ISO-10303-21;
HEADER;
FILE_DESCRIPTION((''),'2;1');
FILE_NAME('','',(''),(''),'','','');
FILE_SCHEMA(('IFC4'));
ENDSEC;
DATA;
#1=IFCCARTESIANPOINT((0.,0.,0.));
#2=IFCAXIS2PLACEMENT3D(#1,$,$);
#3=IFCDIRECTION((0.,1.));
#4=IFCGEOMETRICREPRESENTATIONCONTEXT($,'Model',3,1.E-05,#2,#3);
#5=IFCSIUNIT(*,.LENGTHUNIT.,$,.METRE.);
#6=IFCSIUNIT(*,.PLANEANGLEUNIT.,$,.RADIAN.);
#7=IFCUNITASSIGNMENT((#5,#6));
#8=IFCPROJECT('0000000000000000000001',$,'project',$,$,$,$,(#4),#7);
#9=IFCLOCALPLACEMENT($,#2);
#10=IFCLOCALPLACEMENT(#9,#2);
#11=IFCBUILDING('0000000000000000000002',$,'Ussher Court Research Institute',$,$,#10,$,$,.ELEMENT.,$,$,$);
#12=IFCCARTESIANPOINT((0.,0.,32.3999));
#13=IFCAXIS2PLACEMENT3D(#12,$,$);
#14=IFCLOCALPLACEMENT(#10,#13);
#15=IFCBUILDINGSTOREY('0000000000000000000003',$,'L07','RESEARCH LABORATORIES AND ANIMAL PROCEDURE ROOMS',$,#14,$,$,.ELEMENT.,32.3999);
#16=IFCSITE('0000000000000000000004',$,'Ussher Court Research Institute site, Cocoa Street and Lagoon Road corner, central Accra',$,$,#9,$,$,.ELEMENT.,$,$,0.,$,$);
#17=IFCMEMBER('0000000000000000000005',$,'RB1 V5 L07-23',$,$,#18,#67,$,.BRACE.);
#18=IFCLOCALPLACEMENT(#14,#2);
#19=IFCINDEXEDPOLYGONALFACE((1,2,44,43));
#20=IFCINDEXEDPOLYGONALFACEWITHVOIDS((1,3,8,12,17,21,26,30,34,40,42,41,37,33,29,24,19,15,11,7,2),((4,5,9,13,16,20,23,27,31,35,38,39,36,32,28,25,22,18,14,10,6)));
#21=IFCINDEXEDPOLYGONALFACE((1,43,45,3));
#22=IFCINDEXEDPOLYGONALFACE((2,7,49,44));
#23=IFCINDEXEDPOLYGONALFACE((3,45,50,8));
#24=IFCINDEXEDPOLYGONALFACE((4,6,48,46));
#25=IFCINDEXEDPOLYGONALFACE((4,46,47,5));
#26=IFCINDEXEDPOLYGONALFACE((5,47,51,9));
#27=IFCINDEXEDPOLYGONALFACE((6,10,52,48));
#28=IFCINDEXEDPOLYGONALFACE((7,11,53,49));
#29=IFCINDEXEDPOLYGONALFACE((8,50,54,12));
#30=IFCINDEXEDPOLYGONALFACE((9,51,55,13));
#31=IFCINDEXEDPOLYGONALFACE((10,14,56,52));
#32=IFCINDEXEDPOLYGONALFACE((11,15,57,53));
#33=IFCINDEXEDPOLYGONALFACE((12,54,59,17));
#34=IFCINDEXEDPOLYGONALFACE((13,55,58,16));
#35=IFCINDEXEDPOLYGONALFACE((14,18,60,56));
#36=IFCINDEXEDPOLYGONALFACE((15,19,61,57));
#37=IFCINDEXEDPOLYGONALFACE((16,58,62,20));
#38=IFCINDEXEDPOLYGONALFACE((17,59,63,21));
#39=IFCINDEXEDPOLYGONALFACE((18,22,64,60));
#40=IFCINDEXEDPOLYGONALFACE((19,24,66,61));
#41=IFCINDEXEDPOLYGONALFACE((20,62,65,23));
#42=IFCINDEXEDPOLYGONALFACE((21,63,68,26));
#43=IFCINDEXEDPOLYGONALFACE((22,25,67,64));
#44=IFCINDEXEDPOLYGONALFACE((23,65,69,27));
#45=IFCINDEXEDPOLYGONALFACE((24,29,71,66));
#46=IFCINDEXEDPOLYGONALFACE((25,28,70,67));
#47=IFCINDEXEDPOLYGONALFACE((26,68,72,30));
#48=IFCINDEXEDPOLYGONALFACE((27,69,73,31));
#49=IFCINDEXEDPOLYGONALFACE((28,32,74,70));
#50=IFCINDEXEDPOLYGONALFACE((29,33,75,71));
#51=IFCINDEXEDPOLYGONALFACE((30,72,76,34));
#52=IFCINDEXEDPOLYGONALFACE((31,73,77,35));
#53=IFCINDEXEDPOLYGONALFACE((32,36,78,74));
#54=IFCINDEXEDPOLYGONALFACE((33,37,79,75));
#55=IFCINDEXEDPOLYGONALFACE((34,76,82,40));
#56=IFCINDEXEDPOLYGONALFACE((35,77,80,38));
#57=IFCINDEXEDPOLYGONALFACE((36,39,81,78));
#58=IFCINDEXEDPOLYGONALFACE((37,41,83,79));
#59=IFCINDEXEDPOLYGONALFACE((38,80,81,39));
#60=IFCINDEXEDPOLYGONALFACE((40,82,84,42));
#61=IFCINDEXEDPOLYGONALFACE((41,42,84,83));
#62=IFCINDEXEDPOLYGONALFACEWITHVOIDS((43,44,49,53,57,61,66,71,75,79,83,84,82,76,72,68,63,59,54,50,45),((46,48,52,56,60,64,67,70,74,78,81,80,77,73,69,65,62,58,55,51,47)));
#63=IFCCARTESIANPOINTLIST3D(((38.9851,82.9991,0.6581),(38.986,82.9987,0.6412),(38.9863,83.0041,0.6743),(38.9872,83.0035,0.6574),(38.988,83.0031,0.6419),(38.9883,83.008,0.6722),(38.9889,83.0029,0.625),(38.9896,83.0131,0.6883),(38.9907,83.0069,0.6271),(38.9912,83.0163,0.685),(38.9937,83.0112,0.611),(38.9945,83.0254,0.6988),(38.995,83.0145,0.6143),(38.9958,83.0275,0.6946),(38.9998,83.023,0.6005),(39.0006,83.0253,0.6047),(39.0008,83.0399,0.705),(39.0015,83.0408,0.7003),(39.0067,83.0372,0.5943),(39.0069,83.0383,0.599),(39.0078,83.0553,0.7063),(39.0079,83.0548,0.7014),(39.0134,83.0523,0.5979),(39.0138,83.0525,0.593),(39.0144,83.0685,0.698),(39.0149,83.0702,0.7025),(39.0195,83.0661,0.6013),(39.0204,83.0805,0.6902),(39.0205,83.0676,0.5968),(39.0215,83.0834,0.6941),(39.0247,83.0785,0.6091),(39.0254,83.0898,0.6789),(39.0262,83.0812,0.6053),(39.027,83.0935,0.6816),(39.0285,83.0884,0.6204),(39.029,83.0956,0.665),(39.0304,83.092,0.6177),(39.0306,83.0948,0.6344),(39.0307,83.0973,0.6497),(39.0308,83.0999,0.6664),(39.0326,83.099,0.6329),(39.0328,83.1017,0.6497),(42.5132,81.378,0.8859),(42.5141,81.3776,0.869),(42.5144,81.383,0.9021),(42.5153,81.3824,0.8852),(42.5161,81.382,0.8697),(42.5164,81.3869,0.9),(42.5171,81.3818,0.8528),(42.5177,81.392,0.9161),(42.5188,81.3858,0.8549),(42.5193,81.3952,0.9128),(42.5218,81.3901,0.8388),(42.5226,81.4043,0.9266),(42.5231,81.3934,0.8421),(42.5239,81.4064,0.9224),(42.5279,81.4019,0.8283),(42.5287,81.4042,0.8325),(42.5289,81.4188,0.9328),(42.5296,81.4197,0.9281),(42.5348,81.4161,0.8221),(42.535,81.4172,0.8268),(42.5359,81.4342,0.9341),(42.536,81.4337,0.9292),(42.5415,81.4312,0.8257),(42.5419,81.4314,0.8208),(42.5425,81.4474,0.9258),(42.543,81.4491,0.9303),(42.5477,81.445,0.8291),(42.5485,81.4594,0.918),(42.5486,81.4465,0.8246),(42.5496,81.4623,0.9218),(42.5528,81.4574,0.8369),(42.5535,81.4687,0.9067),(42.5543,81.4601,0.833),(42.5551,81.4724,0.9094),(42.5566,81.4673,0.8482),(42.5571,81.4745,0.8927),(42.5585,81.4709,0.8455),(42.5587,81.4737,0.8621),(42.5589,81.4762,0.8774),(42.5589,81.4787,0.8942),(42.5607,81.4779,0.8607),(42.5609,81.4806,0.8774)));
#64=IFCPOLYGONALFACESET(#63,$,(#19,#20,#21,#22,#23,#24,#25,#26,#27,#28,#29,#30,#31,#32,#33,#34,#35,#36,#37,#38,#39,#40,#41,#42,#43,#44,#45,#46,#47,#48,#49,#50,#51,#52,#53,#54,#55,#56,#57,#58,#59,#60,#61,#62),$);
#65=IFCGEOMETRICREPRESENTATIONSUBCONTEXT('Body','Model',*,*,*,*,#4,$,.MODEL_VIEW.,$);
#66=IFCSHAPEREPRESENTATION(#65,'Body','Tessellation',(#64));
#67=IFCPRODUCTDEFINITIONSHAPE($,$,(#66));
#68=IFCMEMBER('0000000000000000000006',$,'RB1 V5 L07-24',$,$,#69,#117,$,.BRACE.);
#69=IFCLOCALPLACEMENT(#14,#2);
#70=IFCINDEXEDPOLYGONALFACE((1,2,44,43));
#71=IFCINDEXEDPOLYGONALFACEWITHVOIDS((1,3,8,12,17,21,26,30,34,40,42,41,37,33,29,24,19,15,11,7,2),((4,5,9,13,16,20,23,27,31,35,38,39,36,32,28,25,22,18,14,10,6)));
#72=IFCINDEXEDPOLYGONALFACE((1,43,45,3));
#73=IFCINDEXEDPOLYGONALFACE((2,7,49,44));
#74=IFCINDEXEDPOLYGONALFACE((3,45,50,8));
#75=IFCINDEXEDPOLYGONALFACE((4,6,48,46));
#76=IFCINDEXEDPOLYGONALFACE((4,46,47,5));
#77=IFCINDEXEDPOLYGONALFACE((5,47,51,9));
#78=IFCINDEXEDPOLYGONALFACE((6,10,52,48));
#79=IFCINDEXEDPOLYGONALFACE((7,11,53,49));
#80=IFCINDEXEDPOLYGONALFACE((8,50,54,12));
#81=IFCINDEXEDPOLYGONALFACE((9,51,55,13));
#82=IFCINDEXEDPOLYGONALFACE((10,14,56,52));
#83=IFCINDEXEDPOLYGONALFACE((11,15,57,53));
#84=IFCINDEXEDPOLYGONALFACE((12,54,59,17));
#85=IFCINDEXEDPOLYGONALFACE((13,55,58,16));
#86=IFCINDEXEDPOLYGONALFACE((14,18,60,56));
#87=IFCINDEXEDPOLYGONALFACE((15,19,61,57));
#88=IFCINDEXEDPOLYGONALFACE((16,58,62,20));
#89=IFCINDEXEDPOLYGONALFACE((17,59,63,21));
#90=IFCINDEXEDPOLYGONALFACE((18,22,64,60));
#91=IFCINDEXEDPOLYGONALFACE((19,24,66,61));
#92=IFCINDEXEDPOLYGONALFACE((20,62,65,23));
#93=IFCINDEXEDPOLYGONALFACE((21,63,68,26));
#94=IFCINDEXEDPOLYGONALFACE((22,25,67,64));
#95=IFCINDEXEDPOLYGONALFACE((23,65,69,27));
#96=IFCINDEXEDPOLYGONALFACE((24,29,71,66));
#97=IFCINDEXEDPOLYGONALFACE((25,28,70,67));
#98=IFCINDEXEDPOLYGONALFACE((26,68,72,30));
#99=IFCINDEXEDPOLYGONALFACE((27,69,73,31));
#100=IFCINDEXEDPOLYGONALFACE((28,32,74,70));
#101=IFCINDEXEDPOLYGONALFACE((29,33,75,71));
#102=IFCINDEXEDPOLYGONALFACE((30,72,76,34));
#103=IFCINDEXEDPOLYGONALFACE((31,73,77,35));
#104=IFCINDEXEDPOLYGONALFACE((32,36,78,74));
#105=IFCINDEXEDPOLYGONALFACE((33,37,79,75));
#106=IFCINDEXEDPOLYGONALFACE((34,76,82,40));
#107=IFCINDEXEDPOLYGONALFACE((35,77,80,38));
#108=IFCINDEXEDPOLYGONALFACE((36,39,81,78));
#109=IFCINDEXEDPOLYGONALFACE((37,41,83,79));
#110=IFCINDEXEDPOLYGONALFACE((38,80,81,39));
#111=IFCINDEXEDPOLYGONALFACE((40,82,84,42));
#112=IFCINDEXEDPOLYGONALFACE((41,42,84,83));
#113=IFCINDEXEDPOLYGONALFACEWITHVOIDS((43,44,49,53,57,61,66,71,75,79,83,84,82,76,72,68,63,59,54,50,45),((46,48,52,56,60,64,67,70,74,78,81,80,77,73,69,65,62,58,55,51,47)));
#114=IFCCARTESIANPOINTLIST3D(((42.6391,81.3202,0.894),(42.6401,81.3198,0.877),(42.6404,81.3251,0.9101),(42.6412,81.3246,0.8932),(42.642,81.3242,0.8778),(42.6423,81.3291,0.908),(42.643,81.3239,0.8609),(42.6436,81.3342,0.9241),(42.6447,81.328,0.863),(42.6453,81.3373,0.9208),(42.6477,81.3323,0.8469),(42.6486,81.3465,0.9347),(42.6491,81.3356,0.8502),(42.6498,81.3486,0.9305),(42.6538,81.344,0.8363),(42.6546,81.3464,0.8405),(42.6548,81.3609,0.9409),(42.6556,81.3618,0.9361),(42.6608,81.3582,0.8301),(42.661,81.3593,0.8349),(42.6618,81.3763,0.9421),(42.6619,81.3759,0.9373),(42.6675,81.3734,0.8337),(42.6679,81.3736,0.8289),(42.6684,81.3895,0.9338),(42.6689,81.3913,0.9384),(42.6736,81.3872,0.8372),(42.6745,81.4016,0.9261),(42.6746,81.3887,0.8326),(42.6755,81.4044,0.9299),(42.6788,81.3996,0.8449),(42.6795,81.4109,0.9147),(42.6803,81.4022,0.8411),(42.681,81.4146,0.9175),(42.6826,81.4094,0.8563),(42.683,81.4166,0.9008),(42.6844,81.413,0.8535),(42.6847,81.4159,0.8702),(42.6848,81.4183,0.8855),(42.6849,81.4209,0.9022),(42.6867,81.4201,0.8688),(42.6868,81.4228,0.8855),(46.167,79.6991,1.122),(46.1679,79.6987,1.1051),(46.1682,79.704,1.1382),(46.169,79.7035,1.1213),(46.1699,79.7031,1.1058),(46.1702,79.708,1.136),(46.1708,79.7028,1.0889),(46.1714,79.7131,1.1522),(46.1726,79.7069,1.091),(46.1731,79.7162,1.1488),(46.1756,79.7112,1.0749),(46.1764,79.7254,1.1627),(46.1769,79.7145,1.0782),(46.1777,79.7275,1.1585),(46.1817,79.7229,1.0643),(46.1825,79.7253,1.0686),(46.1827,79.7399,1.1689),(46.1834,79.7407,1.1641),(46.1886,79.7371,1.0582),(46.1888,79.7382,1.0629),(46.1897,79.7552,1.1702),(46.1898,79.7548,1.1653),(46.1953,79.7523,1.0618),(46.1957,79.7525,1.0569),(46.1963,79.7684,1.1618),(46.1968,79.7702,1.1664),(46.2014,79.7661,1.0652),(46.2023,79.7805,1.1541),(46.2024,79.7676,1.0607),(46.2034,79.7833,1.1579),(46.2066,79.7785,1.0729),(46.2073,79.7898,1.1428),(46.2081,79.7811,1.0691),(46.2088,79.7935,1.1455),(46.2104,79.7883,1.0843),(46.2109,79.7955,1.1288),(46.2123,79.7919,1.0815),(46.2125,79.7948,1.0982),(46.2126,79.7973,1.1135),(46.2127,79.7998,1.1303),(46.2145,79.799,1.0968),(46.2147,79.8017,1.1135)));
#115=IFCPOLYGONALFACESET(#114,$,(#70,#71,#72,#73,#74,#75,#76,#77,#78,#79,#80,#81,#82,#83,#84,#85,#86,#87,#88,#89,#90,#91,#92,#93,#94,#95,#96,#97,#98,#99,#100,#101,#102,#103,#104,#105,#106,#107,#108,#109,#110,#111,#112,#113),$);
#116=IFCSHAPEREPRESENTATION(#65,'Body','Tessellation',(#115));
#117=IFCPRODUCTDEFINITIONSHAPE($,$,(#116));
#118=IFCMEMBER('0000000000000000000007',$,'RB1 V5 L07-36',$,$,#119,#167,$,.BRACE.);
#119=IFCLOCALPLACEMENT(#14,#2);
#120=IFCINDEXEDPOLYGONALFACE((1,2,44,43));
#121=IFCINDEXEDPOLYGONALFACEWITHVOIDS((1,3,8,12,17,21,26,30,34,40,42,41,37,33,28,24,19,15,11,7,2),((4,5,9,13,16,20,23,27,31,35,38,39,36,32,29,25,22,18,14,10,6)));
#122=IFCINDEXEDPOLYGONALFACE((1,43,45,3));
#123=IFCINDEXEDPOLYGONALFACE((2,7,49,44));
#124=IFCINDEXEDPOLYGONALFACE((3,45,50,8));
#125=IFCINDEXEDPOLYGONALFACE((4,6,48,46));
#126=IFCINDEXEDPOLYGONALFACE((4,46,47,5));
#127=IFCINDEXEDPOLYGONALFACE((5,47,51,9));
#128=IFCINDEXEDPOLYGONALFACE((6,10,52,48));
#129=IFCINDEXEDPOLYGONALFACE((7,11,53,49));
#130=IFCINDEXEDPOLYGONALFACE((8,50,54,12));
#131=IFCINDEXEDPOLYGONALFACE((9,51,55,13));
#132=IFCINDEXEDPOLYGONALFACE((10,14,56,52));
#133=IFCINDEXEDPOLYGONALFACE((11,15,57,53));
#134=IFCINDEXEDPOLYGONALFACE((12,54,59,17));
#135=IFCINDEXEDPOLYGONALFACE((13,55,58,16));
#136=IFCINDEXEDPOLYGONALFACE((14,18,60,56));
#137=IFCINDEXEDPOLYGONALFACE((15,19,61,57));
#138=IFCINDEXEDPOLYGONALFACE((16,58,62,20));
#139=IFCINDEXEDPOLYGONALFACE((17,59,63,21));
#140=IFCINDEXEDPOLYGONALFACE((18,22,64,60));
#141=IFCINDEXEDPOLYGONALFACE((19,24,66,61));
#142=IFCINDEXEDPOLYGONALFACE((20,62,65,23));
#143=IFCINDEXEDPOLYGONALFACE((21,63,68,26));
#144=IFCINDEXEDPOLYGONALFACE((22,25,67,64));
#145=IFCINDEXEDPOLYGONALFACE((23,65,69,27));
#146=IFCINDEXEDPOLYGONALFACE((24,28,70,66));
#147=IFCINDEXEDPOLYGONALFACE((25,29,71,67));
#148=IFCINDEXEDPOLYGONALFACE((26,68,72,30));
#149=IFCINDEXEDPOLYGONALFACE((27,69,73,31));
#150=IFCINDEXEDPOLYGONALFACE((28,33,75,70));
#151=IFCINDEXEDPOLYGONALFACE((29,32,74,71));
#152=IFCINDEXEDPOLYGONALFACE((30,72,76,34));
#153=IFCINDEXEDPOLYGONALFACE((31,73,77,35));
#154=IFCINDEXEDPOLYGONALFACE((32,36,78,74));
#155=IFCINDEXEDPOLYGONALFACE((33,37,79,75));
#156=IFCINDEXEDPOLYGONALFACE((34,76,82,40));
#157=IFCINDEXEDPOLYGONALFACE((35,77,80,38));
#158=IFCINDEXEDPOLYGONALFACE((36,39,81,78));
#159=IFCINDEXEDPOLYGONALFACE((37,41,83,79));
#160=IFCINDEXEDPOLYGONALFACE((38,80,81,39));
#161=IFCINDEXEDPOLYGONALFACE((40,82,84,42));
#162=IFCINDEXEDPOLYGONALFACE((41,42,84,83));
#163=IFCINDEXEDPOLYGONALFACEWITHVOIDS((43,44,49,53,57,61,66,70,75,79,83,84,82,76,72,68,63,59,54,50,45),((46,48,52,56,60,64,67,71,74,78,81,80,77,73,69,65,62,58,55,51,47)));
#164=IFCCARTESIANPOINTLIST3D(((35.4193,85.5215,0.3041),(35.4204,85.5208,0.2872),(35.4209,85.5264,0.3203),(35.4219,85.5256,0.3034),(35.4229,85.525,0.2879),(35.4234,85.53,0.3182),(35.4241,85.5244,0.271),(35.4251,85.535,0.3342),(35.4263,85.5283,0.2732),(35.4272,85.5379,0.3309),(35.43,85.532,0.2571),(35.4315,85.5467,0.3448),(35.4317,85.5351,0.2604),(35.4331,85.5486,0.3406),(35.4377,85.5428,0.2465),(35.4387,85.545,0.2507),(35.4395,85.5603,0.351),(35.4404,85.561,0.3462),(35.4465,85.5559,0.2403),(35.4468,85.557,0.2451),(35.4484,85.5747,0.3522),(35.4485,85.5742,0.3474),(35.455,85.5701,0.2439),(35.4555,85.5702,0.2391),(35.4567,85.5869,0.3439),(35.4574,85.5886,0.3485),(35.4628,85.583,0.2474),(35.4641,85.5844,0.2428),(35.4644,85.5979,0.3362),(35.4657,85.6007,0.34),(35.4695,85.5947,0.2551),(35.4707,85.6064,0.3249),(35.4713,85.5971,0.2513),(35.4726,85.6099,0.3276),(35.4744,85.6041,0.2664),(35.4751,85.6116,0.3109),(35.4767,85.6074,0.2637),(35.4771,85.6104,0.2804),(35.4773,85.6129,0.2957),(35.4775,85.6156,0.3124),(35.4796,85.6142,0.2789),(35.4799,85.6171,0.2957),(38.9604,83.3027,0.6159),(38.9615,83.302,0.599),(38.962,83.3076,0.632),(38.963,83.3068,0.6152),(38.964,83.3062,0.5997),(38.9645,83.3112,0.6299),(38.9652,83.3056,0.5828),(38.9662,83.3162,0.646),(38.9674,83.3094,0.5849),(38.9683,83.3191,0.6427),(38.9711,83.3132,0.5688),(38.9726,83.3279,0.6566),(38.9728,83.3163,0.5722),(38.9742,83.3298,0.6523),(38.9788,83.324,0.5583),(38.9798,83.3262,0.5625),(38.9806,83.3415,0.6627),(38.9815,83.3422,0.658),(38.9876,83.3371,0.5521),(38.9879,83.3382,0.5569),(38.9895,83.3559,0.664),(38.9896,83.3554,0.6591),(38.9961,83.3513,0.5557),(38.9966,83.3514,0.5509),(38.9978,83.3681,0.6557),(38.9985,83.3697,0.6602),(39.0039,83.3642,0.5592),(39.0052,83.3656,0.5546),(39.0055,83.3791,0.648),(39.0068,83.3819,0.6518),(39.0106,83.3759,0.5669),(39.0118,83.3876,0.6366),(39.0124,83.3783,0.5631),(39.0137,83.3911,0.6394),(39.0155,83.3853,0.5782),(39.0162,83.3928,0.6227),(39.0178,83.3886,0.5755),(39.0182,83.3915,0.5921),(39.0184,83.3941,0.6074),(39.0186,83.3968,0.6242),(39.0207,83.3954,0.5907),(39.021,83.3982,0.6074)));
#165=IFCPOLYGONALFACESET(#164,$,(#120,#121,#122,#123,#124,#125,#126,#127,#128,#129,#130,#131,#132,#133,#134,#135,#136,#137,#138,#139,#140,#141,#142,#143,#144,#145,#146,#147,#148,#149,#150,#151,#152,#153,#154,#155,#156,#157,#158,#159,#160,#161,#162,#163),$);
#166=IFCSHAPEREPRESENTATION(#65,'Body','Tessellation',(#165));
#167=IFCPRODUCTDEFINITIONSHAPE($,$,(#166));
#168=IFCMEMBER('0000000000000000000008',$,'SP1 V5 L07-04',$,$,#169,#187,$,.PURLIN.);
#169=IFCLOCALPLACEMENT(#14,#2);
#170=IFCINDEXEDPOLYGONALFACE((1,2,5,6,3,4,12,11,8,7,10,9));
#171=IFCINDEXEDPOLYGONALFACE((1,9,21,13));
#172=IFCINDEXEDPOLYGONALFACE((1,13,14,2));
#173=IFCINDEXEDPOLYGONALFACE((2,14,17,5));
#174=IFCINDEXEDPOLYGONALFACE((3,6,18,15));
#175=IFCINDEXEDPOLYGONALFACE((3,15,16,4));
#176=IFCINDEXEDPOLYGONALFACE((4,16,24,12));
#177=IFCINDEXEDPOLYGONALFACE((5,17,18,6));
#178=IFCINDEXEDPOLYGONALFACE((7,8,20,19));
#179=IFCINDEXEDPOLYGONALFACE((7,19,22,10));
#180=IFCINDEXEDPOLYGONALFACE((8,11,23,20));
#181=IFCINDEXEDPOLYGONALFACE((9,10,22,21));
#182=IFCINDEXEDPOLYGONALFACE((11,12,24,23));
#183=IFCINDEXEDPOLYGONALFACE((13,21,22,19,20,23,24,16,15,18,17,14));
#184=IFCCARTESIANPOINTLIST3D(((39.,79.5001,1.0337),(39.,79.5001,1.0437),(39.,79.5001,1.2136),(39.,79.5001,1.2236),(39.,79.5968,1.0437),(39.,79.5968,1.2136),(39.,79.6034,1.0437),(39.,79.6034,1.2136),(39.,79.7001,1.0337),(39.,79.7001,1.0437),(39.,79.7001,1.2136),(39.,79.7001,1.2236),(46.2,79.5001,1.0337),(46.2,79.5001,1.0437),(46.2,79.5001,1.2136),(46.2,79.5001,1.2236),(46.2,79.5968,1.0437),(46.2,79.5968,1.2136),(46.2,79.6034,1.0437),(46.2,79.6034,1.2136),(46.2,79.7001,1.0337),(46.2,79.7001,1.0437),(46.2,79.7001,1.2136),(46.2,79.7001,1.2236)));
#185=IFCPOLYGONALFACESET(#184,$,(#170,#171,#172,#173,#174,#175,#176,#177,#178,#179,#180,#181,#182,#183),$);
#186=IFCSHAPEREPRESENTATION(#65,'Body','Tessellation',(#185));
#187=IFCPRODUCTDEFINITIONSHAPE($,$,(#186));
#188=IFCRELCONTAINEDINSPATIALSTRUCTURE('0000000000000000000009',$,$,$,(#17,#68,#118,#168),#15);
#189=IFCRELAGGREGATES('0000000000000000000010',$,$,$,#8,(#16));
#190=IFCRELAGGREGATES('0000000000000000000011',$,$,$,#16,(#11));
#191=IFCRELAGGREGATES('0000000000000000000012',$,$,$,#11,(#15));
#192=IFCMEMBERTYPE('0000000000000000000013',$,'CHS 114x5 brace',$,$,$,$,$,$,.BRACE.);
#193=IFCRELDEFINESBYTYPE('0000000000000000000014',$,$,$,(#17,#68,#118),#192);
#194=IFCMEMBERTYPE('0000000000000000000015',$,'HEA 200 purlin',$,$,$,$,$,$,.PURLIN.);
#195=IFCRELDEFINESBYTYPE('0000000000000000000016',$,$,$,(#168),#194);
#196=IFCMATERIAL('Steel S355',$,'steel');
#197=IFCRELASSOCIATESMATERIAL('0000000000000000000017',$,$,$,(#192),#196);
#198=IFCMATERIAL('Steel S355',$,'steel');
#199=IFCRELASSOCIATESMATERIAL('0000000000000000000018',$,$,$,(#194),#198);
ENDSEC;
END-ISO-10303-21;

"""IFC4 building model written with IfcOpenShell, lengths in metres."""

from ifc_helpers import new_model, si_unit, direction, frame, origin, origin_2d, place, context, subcontext, project, spatial, hollow_circle, i_section, extrude, material, material_profile, profile_set, type_object, element, save


model = new_model("IFC4")

# Units and contexts
model_context = context("Model", 3, precision=1e-05, world=origin(), true_north=direction((0.0, 1.0)))
body_context = subcontext(model_context, "Body", "Model", "MODEL_VIEW")
ifc_project = project(units=[si_unit("LENGTHUNIT", "METRE"), si_unit("PLANEANGLEUNIT", "RADIAN")], contexts=[model_context])

# Site, building, storey
site_placement = place(None, origin())
site = spatial("IfcSite", under=ifc_project, at=site_placement, Name="Ussher Court Research Institute site, Cocoa Street and Lagoon Road corner, central Accra", CompositionType="ELEMENT", RefElevation=0.0)
building_placement = place(site_placement, origin())
building = spatial("IfcBuilding", under=site, at=building_placement, Name="Ussher Court Research Institute", CompositionType="ELEMENT")
storey_placement = place(building_placement, frame((0.0, 0.0, 32.3999)))
storey = spatial("IfcBuildingStorey", under=building, at=storey_placement, Name="L07", Description="RESEARCH LABORATORIES AND ANIMAL PROCEDURE ROOMS", CompositionType="ELEMENT", Elevation=32.3999)

# Members
ifc_material_1 = material(Name="Steel S355", Category="steel")
ifc_material_profile_1 = material_profile(ifc_material_1, hollow_circle(Radius=0.0569, WallThickness=0.0049, at=origin_2d()), Name="CHS 114x5")
ifc_profile_set_1 = profile_set([ifc_material_profile_1], Name="Steel S355")
member_type_1 = type_object("IfcMemberType", Name="CHS 114x5 brace", PredefinedType="BRACE", material=ifc_profile_set_1)
member_1_placement = place(storey_placement, frame((39.009, 83.05, 0.6497), z_axis=(0.907109, -0.416802, 0.058566), x_axis=(0.417518, 0.908668, 0.0)))
element("IfcMember", 1, at=member_1_placement, inside=storey, type_object=member_type_1, Name="RB1 V5 L07-23", PredefinedType="BRACE", context=body_context, shape_type="SweptSolid", body=[
    extrude(hollow_circle(Radius=0.0569, WallThickness=0.0049, at=origin_2d()), origin(), (0.0, 0.0, 1.0), 3.8894),
])
member_2_placement = place(storey_placement, frame((42.6631, 81.3711, 0.8855), z_axis=(0.907094, -0.416824, 0.058632), x_axis=(0.417542, 0.908658, 0.0)))
element("IfcMember", 2, at=member_2_placement, inside=storey, type_object=member_type_1, Name="RB1 V5 L07-24", PredefinedType="BRACE", context=body_context, shape_type="SweptSolid", body=[
    extrude(hollow_circle(Radius=0.0569, WallThickness=0.0049, at=origin_2d()), origin(), (0.0, 0.0, 1.0), 3.8892),
])
member_3_placement = place(storey_placement, frame((35.4497, 85.5688, 0.2957), z_axis=(0.845045, -0.529493, 0.074402), x_axis=(0.530965, 0.847394, 0.0)))
element("IfcMember", 3, at=member_3_placement, inside=storey, type_object=member_type_1, Name="RB1 V5 L07-36", PredefinedType="BRACE", context=body_context, shape_type="SweptSolid", body=[
    extrude(hollow_circle(Radius=0.0569, WallThickness=0.0049, at=origin_2d()), origin(), (0.0, 0.0, 1.0), 4.1904),
])
ifc_material_2 = material(Name="Steel S355", Category="steel")
ifc_material_profile_2 = material_profile(ifc_material_2, i_section(OverallWidth=0.2, OverallDepth=0.1899, WebThickness=0.0066, FlangeThickness=0.01, at=origin_2d()), Name="HEA 200")
ifc_profile_set_2 = profile_set([ifc_material_profile_2], Name="Steel S355")
member_type_2 = type_object("IfcMemberType", Name="HEA 200 purlin", PredefinedType="PURLIN", material=ifc_profile_set_2)
for number, where, z_axis, x_axis, name in (
    (4, (39.0, 79.6001, 1.1287), (1.0, 0.0, 0.0), (0.0, 1.0, 0.0), "SP1 V5 L07-04"),
):
    element("IfcMember", number, at=place(storey_placement, frame(where, z_axis=z_axis, x_axis=x_axis)), inside=storey, type_object=member_type_2, Name=name, PredefinedType="PURLIN", context=body_context, shape_type="SweptSolid", body=[
        extrude(i_section(OverallWidth=0.2, OverallDepth=0.1899, WebThickness=0.0066, FlangeThickness=0.01, at=origin_2d()), origin(), (0.0, 0.0, 1.0), 7.2),
    ])

save(model, "model.ifc")
